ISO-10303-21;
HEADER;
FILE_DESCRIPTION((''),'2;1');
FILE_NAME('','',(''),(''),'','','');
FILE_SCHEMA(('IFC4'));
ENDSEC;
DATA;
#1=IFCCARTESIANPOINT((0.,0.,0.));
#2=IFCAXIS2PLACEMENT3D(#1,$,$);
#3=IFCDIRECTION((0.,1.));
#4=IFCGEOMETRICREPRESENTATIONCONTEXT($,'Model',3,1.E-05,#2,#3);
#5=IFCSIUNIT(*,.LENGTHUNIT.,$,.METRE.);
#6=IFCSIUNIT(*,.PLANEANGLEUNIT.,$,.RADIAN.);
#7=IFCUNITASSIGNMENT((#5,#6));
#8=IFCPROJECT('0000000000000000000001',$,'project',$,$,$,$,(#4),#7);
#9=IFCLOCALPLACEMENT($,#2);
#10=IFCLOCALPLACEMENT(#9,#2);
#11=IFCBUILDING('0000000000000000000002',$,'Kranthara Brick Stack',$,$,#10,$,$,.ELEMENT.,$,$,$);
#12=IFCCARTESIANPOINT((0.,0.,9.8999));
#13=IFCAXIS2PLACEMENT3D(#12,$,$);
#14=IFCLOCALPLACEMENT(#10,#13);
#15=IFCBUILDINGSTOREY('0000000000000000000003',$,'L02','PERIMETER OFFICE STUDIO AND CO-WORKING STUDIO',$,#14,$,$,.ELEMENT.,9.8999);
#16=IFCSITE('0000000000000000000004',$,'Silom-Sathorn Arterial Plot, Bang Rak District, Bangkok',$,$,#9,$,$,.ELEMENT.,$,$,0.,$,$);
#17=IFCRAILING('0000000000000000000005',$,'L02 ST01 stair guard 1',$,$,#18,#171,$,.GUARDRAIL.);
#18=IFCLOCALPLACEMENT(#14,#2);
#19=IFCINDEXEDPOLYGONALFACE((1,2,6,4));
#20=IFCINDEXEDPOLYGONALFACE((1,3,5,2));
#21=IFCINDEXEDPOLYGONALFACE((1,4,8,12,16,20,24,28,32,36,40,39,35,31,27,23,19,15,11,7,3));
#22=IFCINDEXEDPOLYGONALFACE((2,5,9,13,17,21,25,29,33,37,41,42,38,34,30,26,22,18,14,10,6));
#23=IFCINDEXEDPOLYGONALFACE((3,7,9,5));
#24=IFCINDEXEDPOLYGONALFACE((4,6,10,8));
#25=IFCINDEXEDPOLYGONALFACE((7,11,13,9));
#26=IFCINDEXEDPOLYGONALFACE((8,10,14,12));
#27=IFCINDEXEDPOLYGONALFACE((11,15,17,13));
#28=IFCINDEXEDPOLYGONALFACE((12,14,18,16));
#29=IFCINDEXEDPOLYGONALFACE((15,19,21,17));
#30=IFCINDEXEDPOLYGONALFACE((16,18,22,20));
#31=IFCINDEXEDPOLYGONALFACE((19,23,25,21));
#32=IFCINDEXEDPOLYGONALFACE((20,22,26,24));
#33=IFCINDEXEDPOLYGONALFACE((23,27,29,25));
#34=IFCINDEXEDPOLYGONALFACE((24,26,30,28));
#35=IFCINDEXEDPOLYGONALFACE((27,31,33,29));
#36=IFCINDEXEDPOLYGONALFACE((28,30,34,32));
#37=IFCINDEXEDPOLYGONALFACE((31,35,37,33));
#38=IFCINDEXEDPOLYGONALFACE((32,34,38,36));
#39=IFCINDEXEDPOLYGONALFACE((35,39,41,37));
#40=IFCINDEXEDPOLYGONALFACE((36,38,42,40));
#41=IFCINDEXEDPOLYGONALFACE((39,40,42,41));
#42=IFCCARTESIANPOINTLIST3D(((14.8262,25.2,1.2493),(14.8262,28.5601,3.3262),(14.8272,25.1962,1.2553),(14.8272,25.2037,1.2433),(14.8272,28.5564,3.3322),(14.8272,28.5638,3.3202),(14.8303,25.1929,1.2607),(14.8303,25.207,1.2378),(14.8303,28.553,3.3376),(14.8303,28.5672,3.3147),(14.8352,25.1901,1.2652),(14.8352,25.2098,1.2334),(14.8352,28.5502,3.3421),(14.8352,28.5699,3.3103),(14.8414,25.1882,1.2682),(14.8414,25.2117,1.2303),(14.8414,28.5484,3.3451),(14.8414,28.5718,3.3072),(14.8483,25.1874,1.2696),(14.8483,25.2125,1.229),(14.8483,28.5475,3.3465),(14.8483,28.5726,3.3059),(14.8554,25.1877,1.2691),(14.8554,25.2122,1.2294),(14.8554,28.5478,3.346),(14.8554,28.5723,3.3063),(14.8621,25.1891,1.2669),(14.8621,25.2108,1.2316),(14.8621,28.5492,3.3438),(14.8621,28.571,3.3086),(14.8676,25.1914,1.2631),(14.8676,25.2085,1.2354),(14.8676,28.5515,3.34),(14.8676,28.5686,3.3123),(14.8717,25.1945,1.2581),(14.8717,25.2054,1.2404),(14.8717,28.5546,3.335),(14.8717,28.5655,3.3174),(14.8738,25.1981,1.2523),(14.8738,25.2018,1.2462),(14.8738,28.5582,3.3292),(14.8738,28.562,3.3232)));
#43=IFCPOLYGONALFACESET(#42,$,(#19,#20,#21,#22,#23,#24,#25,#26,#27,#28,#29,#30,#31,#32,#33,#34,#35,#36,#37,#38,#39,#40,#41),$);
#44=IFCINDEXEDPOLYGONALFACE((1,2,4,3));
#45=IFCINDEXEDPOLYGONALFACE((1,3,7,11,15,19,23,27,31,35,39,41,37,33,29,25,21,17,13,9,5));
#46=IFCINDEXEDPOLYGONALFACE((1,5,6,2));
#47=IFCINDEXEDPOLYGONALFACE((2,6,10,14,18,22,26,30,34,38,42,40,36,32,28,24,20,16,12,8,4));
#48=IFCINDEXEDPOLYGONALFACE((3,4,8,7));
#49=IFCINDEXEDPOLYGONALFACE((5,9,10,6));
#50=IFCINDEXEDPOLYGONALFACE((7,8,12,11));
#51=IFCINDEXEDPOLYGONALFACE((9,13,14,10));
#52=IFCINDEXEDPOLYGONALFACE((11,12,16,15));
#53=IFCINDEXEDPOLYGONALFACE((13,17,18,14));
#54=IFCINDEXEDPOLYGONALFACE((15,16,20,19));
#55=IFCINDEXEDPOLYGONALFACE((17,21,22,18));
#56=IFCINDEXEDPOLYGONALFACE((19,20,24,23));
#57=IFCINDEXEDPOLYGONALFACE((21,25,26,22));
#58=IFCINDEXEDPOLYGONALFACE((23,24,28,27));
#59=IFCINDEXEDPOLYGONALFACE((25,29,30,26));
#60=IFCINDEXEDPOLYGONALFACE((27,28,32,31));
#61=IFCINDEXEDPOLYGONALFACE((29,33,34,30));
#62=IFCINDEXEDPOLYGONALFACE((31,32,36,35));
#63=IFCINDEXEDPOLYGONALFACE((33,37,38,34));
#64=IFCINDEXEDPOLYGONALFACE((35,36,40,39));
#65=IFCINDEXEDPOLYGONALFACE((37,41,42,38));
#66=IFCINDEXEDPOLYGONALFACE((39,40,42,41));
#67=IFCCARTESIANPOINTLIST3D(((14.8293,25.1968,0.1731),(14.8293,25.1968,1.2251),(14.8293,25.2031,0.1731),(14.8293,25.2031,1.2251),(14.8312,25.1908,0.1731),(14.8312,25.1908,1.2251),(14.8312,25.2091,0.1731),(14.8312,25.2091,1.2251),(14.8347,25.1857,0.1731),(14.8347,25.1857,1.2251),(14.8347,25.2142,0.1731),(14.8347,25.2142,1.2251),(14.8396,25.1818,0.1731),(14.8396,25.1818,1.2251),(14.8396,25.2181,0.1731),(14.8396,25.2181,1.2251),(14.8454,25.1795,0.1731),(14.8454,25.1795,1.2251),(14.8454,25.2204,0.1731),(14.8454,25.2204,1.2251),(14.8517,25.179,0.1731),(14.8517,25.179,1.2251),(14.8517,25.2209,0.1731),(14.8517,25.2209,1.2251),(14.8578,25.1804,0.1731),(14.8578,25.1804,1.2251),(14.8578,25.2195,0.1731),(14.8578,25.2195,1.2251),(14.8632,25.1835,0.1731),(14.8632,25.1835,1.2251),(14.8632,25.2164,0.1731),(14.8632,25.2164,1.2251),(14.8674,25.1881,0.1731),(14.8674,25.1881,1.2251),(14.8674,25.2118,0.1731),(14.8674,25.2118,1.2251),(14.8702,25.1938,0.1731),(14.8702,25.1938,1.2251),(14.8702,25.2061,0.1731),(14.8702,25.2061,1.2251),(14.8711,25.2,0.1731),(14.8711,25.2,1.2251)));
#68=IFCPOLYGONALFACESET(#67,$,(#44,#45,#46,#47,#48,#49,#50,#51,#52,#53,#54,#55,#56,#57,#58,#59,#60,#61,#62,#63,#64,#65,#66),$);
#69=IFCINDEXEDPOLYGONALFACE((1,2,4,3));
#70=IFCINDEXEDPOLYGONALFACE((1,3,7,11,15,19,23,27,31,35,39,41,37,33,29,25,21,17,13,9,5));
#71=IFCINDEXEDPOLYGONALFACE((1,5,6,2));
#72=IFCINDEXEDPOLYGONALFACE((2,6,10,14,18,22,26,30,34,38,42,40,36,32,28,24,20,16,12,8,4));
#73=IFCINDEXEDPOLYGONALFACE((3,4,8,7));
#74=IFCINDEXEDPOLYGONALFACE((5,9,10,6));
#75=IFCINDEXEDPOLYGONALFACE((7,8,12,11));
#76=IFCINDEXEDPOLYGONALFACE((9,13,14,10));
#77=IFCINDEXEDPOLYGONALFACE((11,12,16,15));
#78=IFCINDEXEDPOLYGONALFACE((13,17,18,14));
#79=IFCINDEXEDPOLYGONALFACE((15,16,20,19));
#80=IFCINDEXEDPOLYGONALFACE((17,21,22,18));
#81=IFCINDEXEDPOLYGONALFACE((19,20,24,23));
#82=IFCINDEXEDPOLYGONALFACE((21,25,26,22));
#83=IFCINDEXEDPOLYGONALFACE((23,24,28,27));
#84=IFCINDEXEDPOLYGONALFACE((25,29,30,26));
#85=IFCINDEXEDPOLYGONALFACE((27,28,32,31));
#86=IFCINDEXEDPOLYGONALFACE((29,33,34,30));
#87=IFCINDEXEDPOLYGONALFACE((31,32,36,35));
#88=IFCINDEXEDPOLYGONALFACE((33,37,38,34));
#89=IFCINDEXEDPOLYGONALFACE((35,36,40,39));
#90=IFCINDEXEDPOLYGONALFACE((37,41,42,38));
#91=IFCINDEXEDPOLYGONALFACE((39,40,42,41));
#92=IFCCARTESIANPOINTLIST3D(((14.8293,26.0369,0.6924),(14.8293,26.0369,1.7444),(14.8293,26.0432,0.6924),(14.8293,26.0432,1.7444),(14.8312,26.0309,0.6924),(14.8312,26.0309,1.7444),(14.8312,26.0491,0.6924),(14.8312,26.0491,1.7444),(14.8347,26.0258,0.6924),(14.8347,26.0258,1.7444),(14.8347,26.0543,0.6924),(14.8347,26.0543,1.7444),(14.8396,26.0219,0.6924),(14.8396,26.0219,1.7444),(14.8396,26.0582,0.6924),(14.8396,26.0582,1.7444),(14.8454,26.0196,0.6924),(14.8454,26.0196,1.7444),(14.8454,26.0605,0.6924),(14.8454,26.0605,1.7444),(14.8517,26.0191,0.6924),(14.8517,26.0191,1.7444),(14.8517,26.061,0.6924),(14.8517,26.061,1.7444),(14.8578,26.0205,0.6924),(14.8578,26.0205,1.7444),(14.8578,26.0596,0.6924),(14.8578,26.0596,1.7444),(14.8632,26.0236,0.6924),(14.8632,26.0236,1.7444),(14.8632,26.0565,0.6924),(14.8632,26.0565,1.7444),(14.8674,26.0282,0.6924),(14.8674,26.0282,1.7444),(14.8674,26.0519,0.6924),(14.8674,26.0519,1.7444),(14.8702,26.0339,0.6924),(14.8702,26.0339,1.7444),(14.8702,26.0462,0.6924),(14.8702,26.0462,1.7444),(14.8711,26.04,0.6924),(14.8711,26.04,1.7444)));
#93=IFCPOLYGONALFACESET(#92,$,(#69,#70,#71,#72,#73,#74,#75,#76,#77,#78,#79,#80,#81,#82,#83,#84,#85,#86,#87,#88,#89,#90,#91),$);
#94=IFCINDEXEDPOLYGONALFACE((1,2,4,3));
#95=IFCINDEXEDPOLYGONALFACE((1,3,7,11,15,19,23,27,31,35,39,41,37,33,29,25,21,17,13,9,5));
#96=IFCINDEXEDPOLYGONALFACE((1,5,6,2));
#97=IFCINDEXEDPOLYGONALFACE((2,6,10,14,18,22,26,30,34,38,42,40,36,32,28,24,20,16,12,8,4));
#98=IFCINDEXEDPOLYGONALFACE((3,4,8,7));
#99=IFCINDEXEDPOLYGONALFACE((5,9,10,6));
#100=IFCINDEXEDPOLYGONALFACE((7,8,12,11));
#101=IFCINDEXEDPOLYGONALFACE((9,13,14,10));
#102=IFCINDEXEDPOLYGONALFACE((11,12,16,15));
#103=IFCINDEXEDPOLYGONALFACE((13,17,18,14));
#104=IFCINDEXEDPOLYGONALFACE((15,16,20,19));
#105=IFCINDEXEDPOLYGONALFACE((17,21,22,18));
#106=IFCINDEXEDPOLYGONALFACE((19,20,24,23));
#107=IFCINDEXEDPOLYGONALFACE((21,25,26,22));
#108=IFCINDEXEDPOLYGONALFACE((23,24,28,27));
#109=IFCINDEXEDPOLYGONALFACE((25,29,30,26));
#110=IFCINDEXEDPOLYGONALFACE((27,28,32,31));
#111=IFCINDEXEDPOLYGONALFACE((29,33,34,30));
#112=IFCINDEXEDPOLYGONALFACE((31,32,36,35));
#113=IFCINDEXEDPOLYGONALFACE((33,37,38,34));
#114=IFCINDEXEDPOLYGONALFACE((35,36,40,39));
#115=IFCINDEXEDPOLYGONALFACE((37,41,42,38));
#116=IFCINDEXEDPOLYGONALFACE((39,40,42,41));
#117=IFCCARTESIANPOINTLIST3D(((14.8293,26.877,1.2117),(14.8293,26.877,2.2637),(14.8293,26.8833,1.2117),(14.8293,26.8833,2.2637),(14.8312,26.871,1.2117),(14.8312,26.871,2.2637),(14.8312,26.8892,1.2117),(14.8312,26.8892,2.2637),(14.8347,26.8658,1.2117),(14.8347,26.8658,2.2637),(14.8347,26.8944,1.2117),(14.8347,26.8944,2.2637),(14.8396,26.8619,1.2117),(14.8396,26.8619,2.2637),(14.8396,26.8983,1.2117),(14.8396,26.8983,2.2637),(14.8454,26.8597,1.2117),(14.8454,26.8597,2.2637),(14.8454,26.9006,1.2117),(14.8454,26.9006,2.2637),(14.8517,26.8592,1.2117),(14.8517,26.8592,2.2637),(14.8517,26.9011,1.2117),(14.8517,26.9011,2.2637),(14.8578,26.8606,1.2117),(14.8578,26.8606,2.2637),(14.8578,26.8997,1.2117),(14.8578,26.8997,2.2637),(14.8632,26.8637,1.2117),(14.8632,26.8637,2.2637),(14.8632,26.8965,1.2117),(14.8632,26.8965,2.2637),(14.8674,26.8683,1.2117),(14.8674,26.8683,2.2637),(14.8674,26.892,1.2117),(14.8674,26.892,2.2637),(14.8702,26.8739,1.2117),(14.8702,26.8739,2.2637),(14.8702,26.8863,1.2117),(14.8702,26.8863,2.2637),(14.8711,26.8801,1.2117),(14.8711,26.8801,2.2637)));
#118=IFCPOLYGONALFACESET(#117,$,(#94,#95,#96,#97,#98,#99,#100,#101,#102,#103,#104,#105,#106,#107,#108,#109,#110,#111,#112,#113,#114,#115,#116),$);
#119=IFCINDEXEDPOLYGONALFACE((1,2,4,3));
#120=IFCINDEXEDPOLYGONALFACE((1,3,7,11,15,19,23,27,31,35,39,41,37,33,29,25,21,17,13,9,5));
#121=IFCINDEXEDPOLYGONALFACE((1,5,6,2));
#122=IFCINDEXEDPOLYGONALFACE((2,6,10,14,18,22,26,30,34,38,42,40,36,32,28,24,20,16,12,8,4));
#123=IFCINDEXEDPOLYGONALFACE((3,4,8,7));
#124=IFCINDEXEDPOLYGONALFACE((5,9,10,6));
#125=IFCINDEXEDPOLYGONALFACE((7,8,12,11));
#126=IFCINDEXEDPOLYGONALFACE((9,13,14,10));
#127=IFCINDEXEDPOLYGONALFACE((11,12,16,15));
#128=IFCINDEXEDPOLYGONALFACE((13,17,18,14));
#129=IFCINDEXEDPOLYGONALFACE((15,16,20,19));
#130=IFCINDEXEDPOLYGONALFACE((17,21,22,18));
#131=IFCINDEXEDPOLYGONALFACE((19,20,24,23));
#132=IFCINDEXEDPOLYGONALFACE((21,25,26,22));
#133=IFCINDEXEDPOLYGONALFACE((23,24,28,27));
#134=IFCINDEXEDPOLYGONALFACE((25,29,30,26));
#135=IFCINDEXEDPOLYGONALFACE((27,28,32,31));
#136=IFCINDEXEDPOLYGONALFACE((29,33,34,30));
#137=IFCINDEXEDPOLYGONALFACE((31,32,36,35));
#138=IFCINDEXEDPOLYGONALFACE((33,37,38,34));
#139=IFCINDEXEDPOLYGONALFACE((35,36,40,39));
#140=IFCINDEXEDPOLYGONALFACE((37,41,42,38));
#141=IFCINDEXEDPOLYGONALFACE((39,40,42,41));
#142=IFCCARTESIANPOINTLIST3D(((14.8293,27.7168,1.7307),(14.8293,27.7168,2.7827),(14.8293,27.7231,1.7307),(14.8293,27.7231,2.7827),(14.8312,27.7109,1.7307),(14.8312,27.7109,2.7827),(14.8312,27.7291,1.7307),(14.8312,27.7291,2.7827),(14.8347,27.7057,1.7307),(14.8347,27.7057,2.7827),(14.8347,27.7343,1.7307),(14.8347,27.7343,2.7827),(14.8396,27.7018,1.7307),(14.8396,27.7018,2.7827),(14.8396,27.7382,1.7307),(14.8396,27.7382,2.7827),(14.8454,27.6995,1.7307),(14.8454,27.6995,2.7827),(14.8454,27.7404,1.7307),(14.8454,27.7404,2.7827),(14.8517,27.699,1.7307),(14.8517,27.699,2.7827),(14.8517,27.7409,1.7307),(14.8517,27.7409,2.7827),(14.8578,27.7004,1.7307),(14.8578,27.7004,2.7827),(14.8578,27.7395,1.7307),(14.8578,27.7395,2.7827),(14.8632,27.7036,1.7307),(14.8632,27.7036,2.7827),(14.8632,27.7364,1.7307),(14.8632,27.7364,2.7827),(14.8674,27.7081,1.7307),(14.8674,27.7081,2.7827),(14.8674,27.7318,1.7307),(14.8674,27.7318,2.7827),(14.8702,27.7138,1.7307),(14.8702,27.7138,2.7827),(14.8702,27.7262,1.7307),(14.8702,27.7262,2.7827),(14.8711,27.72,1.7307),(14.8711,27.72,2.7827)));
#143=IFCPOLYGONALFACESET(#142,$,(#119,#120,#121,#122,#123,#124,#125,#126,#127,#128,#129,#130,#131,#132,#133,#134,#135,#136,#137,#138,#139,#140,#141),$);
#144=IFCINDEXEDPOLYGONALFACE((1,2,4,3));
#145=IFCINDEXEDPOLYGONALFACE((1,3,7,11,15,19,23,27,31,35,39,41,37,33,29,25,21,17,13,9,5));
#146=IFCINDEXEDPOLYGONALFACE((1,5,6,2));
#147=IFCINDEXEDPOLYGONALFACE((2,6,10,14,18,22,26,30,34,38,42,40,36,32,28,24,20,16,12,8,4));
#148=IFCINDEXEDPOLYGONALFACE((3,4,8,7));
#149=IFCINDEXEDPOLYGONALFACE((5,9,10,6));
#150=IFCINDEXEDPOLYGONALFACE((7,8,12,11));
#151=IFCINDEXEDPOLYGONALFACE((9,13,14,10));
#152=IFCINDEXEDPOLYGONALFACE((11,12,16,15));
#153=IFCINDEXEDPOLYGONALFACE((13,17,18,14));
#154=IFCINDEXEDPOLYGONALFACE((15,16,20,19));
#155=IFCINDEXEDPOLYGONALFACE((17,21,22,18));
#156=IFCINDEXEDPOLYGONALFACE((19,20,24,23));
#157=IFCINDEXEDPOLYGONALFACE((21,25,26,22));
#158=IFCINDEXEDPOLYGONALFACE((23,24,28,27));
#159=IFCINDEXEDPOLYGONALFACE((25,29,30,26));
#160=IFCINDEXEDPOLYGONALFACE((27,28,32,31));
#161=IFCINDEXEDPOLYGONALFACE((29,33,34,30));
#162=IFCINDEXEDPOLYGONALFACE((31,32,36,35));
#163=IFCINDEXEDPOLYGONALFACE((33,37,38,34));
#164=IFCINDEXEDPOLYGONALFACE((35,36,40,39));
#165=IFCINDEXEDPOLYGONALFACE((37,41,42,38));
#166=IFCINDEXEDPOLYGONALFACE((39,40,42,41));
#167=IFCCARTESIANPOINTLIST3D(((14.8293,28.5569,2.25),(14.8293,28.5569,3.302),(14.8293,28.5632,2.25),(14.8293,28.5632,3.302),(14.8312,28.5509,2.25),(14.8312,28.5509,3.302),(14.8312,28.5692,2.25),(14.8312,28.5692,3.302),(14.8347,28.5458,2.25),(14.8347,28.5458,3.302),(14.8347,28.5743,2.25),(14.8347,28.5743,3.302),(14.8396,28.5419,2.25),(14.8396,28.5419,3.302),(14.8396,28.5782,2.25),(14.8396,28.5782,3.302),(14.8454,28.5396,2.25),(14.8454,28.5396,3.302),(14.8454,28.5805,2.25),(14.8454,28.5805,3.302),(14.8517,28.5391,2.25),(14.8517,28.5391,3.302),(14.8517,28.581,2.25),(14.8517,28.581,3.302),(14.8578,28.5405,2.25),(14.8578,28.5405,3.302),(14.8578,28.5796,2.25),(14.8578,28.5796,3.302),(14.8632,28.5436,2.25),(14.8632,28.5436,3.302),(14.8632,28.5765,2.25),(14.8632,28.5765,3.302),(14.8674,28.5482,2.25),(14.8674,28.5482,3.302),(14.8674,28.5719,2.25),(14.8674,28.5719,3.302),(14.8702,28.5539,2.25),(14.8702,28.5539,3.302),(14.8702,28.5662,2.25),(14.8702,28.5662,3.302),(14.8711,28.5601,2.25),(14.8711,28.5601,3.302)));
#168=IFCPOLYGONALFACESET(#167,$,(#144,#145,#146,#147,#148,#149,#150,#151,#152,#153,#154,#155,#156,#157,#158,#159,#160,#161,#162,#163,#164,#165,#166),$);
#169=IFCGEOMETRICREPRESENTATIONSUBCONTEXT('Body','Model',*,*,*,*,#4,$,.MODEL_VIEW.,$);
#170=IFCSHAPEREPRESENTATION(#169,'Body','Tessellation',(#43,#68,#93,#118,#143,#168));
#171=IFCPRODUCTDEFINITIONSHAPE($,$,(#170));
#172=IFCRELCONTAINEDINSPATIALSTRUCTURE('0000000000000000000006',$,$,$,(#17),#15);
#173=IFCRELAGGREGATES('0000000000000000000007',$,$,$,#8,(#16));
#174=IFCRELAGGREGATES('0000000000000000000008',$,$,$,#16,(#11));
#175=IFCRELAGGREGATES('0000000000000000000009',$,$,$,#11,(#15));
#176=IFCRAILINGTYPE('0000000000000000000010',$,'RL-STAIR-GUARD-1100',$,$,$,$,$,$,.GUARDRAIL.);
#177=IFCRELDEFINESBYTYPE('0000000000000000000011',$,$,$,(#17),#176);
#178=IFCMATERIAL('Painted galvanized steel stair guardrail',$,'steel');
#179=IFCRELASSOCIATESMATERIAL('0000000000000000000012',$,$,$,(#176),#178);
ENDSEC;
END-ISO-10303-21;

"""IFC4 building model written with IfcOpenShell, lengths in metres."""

from ifc_helpers import new_model, si_unit, direction, frame, origin, origin_2d, place, context, subcontext, project, spatial, circle, extrude, material, type_object, element, save


model = new_model("IFC4")

# Units and contexts
model_context = context("Model", 3, precision=1e-05, world=origin(), true_north=direction((0.0, 1.0)))
body_context = subcontext(model_context, "Body", "Model", "MODEL_VIEW")
ifc_project = project(units=[si_unit("LENGTHUNIT", "METRE"), si_unit("PLANEANGLEUNIT", "RADIAN")], contexts=[model_context])

# Site, building, storey
site_placement = place(None, origin())
site = spatial("IfcSite", under=ifc_project, at=site_placement, Name="Silom-Sathorn Arterial Plot, Bang Rak District, Bangkok", CompositionType="ELEMENT", RefElevation=0.0)
building_placement = place(site_placement, origin())
building = spatial("IfcBuilding", under=site, at=building_placement, Name="Kranthara Brick Stack", CompositionType="ELEMENT")
storey_placement = place(building_placement, frame((0.0, 0.0, 9.8999)))
storey = spatial("IfcBuildingStorey", under=building, at=storey_placement, Name="L02", Description="PERIMETER OFFICE STUDIO AND CO-WORKING STUDIO", CompositionType="ELEMENT", Elevation=9.8999)

# Railing
ifc_material_1 = material(Name="Painted galvanized steel stair guardrail", Category="steel")
railing_type = type_object("IfcRailingType", Name="RL-STAIR-GUARD-1100", PredefinedType="GUARDRAIL", material=ifc_material_1)
railing_1_placement = place(storey_placement, frame((14.8501, 25.2, 0.1731)))
element("IfcRailing", 1, at=railing_1_placement, inside=storey, type_object=railing_type, Name="L02 ST01 stair guard 1", PredefinedType="GUARDRAIL", context=body_context, shape_type="SweptSolid", body=[
    extrude(circle(Radius=0.0239, at=origin_2d()), frame((0.0, 0.0, 1.0762), z_axis=(0.0, 0.850623, 0.525776), x_axis=(-1.0, 0.0, 0.0)), (0.0, 0.0, 1.0), 3.9502),
    extrude(circle(Radius=0.021, at=origin_2d()), origin(), (0.0, 0.0, 1.0), 1.052),
    extrude(circle(Radius=0.021, at=origin_2d()), frame((0.0, 0.8401, 0.5193)), (0.0, 0.0, 1.0), 1.052),
    extrude(circle(Radius=0.021, at=origin_2d()), frame((0.0, 1.6802, 1.0386)), (0.0, 0.0, 1.0), 1.052),
    extrude(circle(Radius=0.021, at=origin_2d()), frame((0.0, 2.52, 1.5576)), (0.0, 0.0, 1.0), 1.052),
    extrude(circle(Radius=0.021, at=origin_2d()), frame((0.0, 3.3601, 2.0769)), (0.0, 0.0, 1.0), 1.052),
])

save(model, "model.ifc")
